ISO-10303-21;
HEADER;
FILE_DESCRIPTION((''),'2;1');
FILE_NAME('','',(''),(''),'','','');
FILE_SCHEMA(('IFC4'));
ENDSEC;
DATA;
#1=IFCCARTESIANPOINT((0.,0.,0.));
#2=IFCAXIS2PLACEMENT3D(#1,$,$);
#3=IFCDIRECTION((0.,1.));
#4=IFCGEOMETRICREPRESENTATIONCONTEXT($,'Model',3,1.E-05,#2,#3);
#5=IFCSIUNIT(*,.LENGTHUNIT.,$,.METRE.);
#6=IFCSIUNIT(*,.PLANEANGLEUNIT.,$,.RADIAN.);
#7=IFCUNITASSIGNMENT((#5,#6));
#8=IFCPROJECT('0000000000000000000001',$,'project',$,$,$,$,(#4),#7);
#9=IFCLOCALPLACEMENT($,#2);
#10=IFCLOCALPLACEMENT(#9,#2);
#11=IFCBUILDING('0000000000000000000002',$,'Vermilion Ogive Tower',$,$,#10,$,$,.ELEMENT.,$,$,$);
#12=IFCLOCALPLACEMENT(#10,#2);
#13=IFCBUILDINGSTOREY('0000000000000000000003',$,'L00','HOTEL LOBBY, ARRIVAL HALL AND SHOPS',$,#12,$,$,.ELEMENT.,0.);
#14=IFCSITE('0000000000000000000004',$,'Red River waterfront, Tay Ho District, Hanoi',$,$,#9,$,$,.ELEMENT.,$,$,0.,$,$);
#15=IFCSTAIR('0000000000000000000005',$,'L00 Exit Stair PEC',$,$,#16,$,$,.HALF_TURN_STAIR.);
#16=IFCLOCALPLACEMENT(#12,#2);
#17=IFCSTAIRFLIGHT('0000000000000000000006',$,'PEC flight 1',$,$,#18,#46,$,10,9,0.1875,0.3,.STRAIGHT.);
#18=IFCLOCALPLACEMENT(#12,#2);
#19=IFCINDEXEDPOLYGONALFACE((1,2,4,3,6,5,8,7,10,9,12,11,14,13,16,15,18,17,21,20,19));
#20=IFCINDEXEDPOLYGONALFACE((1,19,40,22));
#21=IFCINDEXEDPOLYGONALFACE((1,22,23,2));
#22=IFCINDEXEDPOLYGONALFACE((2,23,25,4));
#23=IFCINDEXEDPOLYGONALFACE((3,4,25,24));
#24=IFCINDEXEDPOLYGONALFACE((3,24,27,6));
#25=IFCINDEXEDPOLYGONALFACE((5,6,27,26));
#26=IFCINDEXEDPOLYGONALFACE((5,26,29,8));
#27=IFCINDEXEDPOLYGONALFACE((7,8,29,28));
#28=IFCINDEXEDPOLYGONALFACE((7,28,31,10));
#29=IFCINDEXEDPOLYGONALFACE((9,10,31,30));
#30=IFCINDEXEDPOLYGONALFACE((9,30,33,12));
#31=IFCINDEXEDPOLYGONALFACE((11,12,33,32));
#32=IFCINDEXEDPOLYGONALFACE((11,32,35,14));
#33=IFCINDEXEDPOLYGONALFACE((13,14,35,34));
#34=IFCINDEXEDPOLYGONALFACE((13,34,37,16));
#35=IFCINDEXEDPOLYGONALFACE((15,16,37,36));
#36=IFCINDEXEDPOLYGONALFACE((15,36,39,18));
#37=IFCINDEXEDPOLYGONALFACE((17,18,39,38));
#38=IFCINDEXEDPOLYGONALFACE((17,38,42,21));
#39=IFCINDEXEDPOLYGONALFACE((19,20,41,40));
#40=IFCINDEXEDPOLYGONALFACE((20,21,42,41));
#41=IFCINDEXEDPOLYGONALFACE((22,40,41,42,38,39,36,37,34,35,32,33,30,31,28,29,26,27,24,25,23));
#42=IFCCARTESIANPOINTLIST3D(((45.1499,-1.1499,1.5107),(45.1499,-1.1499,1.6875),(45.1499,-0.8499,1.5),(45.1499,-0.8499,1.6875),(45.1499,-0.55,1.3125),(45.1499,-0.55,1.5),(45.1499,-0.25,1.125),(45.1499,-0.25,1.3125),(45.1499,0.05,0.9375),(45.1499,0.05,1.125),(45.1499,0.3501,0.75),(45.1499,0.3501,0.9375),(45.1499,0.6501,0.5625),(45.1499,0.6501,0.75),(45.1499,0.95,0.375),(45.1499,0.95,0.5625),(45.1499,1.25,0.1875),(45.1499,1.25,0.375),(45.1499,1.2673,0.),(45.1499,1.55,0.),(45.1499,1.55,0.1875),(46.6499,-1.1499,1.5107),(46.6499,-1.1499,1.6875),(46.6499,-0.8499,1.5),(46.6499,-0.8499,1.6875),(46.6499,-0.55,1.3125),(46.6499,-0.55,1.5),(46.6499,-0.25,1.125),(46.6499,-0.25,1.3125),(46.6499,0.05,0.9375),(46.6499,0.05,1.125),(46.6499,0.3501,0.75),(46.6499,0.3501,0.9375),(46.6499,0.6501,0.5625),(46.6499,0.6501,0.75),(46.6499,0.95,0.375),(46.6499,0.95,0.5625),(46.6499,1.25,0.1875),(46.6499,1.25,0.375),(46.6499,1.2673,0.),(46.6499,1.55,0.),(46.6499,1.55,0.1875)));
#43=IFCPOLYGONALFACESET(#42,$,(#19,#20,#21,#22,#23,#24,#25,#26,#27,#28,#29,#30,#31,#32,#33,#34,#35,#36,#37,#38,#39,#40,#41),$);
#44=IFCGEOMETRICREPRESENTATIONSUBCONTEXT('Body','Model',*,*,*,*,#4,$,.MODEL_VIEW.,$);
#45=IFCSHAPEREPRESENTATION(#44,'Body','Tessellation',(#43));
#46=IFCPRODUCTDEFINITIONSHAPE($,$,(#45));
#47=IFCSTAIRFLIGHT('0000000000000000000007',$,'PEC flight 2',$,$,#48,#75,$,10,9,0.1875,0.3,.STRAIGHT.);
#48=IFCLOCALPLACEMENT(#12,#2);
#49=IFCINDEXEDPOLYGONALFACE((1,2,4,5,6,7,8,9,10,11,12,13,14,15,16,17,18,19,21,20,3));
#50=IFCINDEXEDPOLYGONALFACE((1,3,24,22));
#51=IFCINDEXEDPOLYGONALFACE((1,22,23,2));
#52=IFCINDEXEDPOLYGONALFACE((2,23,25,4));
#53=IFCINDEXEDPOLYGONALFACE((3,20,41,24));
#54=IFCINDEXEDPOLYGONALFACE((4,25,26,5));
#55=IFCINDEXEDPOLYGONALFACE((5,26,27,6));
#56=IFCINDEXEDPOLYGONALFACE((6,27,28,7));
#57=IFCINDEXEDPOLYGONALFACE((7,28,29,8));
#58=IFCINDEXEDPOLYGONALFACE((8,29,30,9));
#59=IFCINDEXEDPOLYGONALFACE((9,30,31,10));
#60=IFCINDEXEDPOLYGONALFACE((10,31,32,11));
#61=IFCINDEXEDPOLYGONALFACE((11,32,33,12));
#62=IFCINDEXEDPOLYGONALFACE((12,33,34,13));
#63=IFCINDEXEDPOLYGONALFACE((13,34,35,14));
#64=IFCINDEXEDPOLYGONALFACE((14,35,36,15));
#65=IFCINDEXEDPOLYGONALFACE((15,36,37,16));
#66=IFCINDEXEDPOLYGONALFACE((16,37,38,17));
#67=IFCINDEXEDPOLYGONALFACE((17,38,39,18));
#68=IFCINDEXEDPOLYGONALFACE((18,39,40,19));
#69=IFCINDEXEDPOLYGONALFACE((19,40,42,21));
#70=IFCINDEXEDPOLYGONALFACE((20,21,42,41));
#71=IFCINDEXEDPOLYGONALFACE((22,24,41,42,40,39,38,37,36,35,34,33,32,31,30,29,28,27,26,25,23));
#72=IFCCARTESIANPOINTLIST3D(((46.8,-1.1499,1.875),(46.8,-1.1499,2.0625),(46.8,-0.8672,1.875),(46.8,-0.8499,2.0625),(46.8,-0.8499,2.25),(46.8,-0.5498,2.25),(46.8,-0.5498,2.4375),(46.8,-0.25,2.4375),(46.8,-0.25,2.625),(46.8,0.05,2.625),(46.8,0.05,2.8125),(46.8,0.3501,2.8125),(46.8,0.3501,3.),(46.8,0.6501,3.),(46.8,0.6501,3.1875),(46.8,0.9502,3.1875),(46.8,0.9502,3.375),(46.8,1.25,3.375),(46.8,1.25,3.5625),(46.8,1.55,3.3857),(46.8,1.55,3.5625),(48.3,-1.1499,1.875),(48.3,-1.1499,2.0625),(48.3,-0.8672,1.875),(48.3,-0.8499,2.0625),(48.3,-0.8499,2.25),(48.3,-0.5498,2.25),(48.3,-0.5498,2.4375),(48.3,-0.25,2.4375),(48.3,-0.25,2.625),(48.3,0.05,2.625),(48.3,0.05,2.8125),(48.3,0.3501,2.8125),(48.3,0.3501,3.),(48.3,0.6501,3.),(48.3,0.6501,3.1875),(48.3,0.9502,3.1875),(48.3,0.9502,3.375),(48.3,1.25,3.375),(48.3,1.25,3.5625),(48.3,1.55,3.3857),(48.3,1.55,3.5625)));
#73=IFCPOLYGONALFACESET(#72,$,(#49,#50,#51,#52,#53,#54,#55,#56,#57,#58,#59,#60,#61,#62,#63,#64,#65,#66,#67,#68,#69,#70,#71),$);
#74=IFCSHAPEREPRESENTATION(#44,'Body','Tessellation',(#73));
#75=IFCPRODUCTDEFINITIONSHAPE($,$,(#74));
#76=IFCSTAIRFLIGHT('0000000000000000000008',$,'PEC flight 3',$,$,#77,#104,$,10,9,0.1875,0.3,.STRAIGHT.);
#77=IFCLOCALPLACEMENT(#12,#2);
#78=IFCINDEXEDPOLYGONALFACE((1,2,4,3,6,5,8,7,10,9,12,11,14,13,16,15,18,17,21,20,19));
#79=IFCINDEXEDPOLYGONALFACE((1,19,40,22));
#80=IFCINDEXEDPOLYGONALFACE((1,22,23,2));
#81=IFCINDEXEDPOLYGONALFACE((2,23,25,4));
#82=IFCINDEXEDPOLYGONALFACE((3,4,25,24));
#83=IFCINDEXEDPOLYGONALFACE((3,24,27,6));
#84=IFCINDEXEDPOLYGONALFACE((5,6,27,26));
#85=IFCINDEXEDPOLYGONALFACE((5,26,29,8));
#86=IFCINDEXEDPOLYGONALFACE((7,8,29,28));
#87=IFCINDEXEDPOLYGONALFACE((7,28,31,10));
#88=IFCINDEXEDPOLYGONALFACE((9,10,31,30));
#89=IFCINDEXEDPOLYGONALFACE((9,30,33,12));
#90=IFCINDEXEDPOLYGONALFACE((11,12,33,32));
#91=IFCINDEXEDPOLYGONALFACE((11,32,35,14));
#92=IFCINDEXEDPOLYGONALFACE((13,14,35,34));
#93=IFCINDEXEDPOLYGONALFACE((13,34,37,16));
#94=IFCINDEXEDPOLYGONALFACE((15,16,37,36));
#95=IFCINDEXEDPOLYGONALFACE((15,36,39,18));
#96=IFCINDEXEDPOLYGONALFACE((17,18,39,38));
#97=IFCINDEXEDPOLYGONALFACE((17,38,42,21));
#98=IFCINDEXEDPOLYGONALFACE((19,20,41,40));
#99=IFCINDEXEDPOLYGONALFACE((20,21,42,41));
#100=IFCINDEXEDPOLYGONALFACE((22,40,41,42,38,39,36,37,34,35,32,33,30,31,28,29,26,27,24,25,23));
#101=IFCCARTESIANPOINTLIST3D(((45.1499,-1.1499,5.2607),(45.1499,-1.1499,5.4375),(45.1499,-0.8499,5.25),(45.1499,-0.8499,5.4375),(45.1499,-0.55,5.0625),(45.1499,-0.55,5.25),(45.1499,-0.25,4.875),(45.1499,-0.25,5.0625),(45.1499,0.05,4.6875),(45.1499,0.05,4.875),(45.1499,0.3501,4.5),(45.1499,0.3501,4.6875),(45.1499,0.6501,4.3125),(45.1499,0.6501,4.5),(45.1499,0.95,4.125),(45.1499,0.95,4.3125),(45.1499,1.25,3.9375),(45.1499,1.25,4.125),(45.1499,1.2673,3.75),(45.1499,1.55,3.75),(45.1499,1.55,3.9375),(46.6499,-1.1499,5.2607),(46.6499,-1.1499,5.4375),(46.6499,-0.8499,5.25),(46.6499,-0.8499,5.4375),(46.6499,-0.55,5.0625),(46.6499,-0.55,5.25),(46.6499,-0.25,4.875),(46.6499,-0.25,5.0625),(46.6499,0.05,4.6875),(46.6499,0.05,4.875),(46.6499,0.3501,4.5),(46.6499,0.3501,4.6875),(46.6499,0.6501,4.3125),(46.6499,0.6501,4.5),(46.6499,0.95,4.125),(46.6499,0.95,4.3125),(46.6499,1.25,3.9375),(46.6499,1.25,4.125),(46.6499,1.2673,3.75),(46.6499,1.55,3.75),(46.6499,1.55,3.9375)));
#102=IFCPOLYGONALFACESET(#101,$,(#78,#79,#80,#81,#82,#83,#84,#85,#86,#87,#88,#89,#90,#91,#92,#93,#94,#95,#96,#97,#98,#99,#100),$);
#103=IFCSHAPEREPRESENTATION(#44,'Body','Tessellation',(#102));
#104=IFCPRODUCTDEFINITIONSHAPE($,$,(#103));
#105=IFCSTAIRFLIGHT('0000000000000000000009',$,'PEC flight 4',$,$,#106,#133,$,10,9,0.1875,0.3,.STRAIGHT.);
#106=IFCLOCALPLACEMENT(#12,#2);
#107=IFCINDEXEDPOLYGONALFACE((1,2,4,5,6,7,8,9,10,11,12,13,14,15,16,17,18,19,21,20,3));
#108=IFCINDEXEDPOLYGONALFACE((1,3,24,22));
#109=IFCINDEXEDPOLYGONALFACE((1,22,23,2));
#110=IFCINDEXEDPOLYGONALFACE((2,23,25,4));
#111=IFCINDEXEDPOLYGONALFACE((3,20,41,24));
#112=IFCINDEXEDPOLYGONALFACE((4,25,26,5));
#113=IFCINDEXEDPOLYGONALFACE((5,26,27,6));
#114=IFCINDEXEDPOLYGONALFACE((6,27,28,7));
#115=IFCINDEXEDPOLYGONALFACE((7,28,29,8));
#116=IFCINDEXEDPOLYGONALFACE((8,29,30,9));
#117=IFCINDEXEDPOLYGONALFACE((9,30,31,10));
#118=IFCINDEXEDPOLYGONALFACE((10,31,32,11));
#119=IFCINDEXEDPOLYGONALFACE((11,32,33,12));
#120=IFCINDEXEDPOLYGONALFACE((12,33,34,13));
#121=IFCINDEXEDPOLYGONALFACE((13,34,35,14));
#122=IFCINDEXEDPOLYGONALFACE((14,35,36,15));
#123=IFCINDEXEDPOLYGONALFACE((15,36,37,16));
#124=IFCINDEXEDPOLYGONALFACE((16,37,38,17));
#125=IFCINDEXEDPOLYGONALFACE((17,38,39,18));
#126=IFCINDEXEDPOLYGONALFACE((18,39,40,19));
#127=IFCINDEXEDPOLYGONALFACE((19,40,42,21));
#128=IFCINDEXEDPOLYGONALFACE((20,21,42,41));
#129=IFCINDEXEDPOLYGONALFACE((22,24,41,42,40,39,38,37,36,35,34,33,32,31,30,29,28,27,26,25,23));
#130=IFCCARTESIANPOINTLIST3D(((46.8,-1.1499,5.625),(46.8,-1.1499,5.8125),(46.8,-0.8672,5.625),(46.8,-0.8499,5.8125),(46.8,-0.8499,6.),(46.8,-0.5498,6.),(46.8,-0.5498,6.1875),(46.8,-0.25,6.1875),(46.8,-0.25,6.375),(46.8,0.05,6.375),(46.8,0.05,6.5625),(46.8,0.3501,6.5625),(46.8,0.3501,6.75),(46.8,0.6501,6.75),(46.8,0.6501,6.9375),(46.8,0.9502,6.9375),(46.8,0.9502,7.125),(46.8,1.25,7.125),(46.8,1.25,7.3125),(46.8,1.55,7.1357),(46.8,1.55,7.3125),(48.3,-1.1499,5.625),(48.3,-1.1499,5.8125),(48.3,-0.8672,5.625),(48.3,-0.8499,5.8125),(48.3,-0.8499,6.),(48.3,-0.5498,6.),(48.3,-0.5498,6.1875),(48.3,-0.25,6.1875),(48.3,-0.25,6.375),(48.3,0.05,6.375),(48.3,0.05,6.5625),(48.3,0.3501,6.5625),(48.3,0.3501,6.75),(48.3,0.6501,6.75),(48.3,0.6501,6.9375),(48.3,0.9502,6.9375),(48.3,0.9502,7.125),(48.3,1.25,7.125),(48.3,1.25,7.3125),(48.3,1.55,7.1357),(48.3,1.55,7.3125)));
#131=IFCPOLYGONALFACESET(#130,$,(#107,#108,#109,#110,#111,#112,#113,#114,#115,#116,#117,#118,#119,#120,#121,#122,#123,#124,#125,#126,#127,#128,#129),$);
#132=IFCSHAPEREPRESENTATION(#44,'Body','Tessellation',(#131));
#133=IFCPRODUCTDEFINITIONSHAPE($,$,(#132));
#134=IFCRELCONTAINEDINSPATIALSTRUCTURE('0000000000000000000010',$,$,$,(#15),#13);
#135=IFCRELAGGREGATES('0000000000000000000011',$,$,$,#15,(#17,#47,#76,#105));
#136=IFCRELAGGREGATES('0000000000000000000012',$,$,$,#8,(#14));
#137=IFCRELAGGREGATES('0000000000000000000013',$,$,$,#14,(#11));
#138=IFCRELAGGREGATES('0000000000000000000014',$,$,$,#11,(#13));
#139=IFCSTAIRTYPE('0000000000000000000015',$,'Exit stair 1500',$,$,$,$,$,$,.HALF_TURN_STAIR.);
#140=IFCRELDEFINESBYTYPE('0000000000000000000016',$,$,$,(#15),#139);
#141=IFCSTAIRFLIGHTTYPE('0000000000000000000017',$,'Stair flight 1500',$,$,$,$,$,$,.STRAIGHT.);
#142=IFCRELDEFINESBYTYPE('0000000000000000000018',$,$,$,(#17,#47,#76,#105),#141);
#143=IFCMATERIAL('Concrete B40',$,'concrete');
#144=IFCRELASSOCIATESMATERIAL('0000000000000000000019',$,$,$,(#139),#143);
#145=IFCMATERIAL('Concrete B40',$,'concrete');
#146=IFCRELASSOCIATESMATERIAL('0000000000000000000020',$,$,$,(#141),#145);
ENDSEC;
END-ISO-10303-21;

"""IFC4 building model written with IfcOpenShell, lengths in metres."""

from ifc_helpers import new_model, si_unit, direction, frame, origin, place, context, subcontext, project, spatial, polyline, outline, extrude, material, type_object, element, aggregate, save


model = new_model("IFC4")

# Units and contexts
model_context = context("Model", 3, precision=1e-05, world=origin(), true_north=direction((0.0, 1.0)))
body_context = subcontext(model_context, "Body", "Model", "MODEL_VIEW")
ifc_project = project(units=[si_unit("LENGTHUNIT", "METRE"), si_unit("PLANEANGLEUNIT", "RADIAN")], contexts=[model_context])

# Site, building, storey
site_placement = place(None, origin())
site = spatial("IfcSite", under=ifc_project, at=site_placement, Name="Red River waterfront, Tay Ho District, Hanoi", CompositionType="ELEMENT", RefElevation=0.0)
building_placement = place(site_placement, origin())
building = spatial("IfcBuilding", under=site, at=building_placement, Name="Vermilion Ogive Tower", CompositionType="ELEMENT")
storey_placement = place(building_placement, origin())
storey = spatial("IfcBuildingStorey", under=building, at=storey_placement, Name="L00", Description="HOTEL LOBBY, ARRIVAL HALL AND SHOPS", CompositionType="ELEMENT", Elevation=0.0)

# Stair, stair flights
ifc_material_1 = material(Name="Concrete B40", Category="concrete")
stair_type = type_object("IfcStairType", Name="Exit stair 1500", PredefinedType="HALF_TURN_STAIR", material=ifc_material_1)
stair_placement = place(storey_placement, origin())
stair = element("IfcStair", 1, at=stair_placement, inside=storey, type_object=stair_type, Name="L00 Exit Stair PEC", PredefinedType="HALF_TURN_STAIR")
ifc_material_2 = material(Name="Concrete B40", Category="concrete")
stair_flight_type = type_object("IfcStairFlightType", Name="Stair flight 1500", PredefinedType="STRAIGHT", material=ifc_material_2)
stair_flight_1_placement = place(storey_placement, frame((45.8999, 1.55, 0.0), z_axis=(0.0, 0.0, 1.0), x_axis=(0.0, -1.0, 0.0)))
stair_flight_1 = element("IfcStairFlight", 2, at=stair_flight_1_placement, type_object=stair_flight_type, Name="PEC flight 1", NumberOfRisers=10, NumberOfTreads=9, PredefinedType="STRAIGHT", RiserHeight=0.1875, TreadLength=0.3, context=body_context, shape_type="SweptSolid", body=[
    extrude(outline(polyline([(0.0, 0.0), (0.0, 0.1875), (0.3, 0.1875), (0.3, 0.375), (0.6001, 0.375), (0.6001, 0.5625), (0.8999, 0.5625), (0.8999, 0.75), (1.2, 0.75), (1.2, 0.9375), (1.5, 0.9375), (1.5, 1.125), (1.8, 1.125), (1.8, 1.3125), (2.1001, 1.3125), (2.1001, 1.5), (2.3999, 1.5), (2.3999, 1.6875), (2.7, 1.6875), (2.7, 1.875), (2.7, 1.5107), (0.2827, 0.0), (0.0, 0.0)])), frame((0.0, 0.75, 0.0), z_axis=(0.0, -1.0, 0.0), x_axis=(1.0, 0.0, 0.0)), (0.0, 0.0, 1.0), 1.5),
])
stair_flight_2_placement = place(storey_placement, frame((47.55, -1.1499, 1.875), z_axis=(0.0, 0.0, 1.0), x_axis=(0.0, 1.0, 0.0)))
stair_flight_2 = element("IfcStairFlight", 3, at=stair_flight_2_placement, type_object=stair_flight_type, Name="PEC flight 2", NumberOfRisers=10, NumberOfTreads=9, PredefinedType="STRAIGHT", RiserHeight=0.1875, TreadLength=0.3, context=body_context, shape_type="SweptSolid", body=[
    extrude(outline(polyline([(0.0, 0.0), (0.0, 0.1875), (0.3, 0.1875), (0.3, 0.375), (0.6001, 0.375), (0.6001, 0.5625), (0.8999, 0.5625), (0.8999, 0.75), (1.2, 0.75), (1.2, 0.9375), (1.5, 0.9375), (1.5, 1.125), (1.8, 1.125), (1.8, 1.3125), (2.1001, 1.3125), (2.1001, 1.5), (2.3999, 1.5), (2.3999, 1.6875), (2.7, 1.6875), (2.7, 1.875), (2.7, 1.5107), (0.2827, 0.0), (0.0, 0.0)])), frame((0.0, 0.75, 0.0), z_axis=(0.0, -1.0, 0.0), x_axis=(1.0, 0.0, 0.0)), (0.0, 0.0, 1.0), 1.5),
])
stair_flight_3_placement = place(storey_placement, frame((45.8999, 1.55, 3.75), z_axis=(0.0, 0.0, 1.0), x_axis=(0.0, -1.0, 0.0)))
stair_flight_3 = element("IfcStairFlight", 4, at=stair_flight_3_placement, type_object=stair_flight_type, Name="PEC flight 3", NumberOfRisers=10, NumberOfTreads=9, PredefinedType="STRAIGHT", RiserHeight=0.1875, TreadLength=0.3, context=body_context, shape_type="SweptSolid", body=[
    extrude(outline(polyline([(0.0, 0.0), (0.0, 0.1875), (0.3, 0.1875), (0.3, 0.375), (0.6001, 0.375), (0.6001, 0.5625), (0.8999, 0.5625), (0.8999, 0.75), (1.2, 0.75), (1.2, 0.9375), (1.5, 0.9375), (1.5, 1.125), (1.8, 1.125), (1.8, 1.3125), (2.1001, 1.3125), (2.1001, 1.5), (2.3999, 1.5), (2.3999, 1.6875), (2.7, 1.6875), (2.7, 1.875), (2.7, 1.5107), (0.2827, 0.0), (0.0, 0.0)])), frame((0.0, 0.75, 0.0), z_axis=(0.0, -1.0, 0.0), x_axis=(1.0, 0.0, 0.0)), (0.0, 0.0, 1.0), 1.5),
])
stair_flight_4_placement = place(storey_placement, frame((47.55, -1.1499, 5.625), z_axis=(0.0, 0.0, 1.0), x_axis=(0.0, 1.0, 0.0)))
stair_flight_4 = element("IfcStairFlight", 5, at=stair_flight_4_placement, type_object=stair_flight_type, Name="PEC flight 4", NumberOfRisers=10, NumberOfTreads=9, PredefinedType="STRAIGHT", RiserHeight=0.1875, TreadLength=0.3, context=body_context, shape_type="SweptSolid", body=[
    extrude(outline(polyline([(0.0, 0.0), (0.0, 0.1875), (0.3, 0.1875), (0.3, 0.375), (0.6001, 0.375), (0.6001, 0.5625), (0.8999, 0.5625), (0.8999, 0.75), (1.2, 0.75), (1.2, 0.9375), (1.5, 0.9375), (1.5, 1.125), (1.8, 1.125), (1.8, 1.3125), (2.1001, 1.3125), (2.1001, 1.5), (2.3999, 1.5), (2.3999, 1.6875), (2.7, 1.6875), (2.7, 1.875), (2.7, 1.5107), (0.2827, 0.0), (0.0, 0.0)])), frame((0.0, 0.75, 0.0), z_axis=(0.0, -1.0, 0.0), x_axis=(1.0, 0.0, 0.0)), (0.0, 0.0, 1.0), 1.5),
])
aggregate(stair, [stair_flight_1, stair_flight_2, stair_flight_3, stair_flight_4])

save(model, "model.ifc")
